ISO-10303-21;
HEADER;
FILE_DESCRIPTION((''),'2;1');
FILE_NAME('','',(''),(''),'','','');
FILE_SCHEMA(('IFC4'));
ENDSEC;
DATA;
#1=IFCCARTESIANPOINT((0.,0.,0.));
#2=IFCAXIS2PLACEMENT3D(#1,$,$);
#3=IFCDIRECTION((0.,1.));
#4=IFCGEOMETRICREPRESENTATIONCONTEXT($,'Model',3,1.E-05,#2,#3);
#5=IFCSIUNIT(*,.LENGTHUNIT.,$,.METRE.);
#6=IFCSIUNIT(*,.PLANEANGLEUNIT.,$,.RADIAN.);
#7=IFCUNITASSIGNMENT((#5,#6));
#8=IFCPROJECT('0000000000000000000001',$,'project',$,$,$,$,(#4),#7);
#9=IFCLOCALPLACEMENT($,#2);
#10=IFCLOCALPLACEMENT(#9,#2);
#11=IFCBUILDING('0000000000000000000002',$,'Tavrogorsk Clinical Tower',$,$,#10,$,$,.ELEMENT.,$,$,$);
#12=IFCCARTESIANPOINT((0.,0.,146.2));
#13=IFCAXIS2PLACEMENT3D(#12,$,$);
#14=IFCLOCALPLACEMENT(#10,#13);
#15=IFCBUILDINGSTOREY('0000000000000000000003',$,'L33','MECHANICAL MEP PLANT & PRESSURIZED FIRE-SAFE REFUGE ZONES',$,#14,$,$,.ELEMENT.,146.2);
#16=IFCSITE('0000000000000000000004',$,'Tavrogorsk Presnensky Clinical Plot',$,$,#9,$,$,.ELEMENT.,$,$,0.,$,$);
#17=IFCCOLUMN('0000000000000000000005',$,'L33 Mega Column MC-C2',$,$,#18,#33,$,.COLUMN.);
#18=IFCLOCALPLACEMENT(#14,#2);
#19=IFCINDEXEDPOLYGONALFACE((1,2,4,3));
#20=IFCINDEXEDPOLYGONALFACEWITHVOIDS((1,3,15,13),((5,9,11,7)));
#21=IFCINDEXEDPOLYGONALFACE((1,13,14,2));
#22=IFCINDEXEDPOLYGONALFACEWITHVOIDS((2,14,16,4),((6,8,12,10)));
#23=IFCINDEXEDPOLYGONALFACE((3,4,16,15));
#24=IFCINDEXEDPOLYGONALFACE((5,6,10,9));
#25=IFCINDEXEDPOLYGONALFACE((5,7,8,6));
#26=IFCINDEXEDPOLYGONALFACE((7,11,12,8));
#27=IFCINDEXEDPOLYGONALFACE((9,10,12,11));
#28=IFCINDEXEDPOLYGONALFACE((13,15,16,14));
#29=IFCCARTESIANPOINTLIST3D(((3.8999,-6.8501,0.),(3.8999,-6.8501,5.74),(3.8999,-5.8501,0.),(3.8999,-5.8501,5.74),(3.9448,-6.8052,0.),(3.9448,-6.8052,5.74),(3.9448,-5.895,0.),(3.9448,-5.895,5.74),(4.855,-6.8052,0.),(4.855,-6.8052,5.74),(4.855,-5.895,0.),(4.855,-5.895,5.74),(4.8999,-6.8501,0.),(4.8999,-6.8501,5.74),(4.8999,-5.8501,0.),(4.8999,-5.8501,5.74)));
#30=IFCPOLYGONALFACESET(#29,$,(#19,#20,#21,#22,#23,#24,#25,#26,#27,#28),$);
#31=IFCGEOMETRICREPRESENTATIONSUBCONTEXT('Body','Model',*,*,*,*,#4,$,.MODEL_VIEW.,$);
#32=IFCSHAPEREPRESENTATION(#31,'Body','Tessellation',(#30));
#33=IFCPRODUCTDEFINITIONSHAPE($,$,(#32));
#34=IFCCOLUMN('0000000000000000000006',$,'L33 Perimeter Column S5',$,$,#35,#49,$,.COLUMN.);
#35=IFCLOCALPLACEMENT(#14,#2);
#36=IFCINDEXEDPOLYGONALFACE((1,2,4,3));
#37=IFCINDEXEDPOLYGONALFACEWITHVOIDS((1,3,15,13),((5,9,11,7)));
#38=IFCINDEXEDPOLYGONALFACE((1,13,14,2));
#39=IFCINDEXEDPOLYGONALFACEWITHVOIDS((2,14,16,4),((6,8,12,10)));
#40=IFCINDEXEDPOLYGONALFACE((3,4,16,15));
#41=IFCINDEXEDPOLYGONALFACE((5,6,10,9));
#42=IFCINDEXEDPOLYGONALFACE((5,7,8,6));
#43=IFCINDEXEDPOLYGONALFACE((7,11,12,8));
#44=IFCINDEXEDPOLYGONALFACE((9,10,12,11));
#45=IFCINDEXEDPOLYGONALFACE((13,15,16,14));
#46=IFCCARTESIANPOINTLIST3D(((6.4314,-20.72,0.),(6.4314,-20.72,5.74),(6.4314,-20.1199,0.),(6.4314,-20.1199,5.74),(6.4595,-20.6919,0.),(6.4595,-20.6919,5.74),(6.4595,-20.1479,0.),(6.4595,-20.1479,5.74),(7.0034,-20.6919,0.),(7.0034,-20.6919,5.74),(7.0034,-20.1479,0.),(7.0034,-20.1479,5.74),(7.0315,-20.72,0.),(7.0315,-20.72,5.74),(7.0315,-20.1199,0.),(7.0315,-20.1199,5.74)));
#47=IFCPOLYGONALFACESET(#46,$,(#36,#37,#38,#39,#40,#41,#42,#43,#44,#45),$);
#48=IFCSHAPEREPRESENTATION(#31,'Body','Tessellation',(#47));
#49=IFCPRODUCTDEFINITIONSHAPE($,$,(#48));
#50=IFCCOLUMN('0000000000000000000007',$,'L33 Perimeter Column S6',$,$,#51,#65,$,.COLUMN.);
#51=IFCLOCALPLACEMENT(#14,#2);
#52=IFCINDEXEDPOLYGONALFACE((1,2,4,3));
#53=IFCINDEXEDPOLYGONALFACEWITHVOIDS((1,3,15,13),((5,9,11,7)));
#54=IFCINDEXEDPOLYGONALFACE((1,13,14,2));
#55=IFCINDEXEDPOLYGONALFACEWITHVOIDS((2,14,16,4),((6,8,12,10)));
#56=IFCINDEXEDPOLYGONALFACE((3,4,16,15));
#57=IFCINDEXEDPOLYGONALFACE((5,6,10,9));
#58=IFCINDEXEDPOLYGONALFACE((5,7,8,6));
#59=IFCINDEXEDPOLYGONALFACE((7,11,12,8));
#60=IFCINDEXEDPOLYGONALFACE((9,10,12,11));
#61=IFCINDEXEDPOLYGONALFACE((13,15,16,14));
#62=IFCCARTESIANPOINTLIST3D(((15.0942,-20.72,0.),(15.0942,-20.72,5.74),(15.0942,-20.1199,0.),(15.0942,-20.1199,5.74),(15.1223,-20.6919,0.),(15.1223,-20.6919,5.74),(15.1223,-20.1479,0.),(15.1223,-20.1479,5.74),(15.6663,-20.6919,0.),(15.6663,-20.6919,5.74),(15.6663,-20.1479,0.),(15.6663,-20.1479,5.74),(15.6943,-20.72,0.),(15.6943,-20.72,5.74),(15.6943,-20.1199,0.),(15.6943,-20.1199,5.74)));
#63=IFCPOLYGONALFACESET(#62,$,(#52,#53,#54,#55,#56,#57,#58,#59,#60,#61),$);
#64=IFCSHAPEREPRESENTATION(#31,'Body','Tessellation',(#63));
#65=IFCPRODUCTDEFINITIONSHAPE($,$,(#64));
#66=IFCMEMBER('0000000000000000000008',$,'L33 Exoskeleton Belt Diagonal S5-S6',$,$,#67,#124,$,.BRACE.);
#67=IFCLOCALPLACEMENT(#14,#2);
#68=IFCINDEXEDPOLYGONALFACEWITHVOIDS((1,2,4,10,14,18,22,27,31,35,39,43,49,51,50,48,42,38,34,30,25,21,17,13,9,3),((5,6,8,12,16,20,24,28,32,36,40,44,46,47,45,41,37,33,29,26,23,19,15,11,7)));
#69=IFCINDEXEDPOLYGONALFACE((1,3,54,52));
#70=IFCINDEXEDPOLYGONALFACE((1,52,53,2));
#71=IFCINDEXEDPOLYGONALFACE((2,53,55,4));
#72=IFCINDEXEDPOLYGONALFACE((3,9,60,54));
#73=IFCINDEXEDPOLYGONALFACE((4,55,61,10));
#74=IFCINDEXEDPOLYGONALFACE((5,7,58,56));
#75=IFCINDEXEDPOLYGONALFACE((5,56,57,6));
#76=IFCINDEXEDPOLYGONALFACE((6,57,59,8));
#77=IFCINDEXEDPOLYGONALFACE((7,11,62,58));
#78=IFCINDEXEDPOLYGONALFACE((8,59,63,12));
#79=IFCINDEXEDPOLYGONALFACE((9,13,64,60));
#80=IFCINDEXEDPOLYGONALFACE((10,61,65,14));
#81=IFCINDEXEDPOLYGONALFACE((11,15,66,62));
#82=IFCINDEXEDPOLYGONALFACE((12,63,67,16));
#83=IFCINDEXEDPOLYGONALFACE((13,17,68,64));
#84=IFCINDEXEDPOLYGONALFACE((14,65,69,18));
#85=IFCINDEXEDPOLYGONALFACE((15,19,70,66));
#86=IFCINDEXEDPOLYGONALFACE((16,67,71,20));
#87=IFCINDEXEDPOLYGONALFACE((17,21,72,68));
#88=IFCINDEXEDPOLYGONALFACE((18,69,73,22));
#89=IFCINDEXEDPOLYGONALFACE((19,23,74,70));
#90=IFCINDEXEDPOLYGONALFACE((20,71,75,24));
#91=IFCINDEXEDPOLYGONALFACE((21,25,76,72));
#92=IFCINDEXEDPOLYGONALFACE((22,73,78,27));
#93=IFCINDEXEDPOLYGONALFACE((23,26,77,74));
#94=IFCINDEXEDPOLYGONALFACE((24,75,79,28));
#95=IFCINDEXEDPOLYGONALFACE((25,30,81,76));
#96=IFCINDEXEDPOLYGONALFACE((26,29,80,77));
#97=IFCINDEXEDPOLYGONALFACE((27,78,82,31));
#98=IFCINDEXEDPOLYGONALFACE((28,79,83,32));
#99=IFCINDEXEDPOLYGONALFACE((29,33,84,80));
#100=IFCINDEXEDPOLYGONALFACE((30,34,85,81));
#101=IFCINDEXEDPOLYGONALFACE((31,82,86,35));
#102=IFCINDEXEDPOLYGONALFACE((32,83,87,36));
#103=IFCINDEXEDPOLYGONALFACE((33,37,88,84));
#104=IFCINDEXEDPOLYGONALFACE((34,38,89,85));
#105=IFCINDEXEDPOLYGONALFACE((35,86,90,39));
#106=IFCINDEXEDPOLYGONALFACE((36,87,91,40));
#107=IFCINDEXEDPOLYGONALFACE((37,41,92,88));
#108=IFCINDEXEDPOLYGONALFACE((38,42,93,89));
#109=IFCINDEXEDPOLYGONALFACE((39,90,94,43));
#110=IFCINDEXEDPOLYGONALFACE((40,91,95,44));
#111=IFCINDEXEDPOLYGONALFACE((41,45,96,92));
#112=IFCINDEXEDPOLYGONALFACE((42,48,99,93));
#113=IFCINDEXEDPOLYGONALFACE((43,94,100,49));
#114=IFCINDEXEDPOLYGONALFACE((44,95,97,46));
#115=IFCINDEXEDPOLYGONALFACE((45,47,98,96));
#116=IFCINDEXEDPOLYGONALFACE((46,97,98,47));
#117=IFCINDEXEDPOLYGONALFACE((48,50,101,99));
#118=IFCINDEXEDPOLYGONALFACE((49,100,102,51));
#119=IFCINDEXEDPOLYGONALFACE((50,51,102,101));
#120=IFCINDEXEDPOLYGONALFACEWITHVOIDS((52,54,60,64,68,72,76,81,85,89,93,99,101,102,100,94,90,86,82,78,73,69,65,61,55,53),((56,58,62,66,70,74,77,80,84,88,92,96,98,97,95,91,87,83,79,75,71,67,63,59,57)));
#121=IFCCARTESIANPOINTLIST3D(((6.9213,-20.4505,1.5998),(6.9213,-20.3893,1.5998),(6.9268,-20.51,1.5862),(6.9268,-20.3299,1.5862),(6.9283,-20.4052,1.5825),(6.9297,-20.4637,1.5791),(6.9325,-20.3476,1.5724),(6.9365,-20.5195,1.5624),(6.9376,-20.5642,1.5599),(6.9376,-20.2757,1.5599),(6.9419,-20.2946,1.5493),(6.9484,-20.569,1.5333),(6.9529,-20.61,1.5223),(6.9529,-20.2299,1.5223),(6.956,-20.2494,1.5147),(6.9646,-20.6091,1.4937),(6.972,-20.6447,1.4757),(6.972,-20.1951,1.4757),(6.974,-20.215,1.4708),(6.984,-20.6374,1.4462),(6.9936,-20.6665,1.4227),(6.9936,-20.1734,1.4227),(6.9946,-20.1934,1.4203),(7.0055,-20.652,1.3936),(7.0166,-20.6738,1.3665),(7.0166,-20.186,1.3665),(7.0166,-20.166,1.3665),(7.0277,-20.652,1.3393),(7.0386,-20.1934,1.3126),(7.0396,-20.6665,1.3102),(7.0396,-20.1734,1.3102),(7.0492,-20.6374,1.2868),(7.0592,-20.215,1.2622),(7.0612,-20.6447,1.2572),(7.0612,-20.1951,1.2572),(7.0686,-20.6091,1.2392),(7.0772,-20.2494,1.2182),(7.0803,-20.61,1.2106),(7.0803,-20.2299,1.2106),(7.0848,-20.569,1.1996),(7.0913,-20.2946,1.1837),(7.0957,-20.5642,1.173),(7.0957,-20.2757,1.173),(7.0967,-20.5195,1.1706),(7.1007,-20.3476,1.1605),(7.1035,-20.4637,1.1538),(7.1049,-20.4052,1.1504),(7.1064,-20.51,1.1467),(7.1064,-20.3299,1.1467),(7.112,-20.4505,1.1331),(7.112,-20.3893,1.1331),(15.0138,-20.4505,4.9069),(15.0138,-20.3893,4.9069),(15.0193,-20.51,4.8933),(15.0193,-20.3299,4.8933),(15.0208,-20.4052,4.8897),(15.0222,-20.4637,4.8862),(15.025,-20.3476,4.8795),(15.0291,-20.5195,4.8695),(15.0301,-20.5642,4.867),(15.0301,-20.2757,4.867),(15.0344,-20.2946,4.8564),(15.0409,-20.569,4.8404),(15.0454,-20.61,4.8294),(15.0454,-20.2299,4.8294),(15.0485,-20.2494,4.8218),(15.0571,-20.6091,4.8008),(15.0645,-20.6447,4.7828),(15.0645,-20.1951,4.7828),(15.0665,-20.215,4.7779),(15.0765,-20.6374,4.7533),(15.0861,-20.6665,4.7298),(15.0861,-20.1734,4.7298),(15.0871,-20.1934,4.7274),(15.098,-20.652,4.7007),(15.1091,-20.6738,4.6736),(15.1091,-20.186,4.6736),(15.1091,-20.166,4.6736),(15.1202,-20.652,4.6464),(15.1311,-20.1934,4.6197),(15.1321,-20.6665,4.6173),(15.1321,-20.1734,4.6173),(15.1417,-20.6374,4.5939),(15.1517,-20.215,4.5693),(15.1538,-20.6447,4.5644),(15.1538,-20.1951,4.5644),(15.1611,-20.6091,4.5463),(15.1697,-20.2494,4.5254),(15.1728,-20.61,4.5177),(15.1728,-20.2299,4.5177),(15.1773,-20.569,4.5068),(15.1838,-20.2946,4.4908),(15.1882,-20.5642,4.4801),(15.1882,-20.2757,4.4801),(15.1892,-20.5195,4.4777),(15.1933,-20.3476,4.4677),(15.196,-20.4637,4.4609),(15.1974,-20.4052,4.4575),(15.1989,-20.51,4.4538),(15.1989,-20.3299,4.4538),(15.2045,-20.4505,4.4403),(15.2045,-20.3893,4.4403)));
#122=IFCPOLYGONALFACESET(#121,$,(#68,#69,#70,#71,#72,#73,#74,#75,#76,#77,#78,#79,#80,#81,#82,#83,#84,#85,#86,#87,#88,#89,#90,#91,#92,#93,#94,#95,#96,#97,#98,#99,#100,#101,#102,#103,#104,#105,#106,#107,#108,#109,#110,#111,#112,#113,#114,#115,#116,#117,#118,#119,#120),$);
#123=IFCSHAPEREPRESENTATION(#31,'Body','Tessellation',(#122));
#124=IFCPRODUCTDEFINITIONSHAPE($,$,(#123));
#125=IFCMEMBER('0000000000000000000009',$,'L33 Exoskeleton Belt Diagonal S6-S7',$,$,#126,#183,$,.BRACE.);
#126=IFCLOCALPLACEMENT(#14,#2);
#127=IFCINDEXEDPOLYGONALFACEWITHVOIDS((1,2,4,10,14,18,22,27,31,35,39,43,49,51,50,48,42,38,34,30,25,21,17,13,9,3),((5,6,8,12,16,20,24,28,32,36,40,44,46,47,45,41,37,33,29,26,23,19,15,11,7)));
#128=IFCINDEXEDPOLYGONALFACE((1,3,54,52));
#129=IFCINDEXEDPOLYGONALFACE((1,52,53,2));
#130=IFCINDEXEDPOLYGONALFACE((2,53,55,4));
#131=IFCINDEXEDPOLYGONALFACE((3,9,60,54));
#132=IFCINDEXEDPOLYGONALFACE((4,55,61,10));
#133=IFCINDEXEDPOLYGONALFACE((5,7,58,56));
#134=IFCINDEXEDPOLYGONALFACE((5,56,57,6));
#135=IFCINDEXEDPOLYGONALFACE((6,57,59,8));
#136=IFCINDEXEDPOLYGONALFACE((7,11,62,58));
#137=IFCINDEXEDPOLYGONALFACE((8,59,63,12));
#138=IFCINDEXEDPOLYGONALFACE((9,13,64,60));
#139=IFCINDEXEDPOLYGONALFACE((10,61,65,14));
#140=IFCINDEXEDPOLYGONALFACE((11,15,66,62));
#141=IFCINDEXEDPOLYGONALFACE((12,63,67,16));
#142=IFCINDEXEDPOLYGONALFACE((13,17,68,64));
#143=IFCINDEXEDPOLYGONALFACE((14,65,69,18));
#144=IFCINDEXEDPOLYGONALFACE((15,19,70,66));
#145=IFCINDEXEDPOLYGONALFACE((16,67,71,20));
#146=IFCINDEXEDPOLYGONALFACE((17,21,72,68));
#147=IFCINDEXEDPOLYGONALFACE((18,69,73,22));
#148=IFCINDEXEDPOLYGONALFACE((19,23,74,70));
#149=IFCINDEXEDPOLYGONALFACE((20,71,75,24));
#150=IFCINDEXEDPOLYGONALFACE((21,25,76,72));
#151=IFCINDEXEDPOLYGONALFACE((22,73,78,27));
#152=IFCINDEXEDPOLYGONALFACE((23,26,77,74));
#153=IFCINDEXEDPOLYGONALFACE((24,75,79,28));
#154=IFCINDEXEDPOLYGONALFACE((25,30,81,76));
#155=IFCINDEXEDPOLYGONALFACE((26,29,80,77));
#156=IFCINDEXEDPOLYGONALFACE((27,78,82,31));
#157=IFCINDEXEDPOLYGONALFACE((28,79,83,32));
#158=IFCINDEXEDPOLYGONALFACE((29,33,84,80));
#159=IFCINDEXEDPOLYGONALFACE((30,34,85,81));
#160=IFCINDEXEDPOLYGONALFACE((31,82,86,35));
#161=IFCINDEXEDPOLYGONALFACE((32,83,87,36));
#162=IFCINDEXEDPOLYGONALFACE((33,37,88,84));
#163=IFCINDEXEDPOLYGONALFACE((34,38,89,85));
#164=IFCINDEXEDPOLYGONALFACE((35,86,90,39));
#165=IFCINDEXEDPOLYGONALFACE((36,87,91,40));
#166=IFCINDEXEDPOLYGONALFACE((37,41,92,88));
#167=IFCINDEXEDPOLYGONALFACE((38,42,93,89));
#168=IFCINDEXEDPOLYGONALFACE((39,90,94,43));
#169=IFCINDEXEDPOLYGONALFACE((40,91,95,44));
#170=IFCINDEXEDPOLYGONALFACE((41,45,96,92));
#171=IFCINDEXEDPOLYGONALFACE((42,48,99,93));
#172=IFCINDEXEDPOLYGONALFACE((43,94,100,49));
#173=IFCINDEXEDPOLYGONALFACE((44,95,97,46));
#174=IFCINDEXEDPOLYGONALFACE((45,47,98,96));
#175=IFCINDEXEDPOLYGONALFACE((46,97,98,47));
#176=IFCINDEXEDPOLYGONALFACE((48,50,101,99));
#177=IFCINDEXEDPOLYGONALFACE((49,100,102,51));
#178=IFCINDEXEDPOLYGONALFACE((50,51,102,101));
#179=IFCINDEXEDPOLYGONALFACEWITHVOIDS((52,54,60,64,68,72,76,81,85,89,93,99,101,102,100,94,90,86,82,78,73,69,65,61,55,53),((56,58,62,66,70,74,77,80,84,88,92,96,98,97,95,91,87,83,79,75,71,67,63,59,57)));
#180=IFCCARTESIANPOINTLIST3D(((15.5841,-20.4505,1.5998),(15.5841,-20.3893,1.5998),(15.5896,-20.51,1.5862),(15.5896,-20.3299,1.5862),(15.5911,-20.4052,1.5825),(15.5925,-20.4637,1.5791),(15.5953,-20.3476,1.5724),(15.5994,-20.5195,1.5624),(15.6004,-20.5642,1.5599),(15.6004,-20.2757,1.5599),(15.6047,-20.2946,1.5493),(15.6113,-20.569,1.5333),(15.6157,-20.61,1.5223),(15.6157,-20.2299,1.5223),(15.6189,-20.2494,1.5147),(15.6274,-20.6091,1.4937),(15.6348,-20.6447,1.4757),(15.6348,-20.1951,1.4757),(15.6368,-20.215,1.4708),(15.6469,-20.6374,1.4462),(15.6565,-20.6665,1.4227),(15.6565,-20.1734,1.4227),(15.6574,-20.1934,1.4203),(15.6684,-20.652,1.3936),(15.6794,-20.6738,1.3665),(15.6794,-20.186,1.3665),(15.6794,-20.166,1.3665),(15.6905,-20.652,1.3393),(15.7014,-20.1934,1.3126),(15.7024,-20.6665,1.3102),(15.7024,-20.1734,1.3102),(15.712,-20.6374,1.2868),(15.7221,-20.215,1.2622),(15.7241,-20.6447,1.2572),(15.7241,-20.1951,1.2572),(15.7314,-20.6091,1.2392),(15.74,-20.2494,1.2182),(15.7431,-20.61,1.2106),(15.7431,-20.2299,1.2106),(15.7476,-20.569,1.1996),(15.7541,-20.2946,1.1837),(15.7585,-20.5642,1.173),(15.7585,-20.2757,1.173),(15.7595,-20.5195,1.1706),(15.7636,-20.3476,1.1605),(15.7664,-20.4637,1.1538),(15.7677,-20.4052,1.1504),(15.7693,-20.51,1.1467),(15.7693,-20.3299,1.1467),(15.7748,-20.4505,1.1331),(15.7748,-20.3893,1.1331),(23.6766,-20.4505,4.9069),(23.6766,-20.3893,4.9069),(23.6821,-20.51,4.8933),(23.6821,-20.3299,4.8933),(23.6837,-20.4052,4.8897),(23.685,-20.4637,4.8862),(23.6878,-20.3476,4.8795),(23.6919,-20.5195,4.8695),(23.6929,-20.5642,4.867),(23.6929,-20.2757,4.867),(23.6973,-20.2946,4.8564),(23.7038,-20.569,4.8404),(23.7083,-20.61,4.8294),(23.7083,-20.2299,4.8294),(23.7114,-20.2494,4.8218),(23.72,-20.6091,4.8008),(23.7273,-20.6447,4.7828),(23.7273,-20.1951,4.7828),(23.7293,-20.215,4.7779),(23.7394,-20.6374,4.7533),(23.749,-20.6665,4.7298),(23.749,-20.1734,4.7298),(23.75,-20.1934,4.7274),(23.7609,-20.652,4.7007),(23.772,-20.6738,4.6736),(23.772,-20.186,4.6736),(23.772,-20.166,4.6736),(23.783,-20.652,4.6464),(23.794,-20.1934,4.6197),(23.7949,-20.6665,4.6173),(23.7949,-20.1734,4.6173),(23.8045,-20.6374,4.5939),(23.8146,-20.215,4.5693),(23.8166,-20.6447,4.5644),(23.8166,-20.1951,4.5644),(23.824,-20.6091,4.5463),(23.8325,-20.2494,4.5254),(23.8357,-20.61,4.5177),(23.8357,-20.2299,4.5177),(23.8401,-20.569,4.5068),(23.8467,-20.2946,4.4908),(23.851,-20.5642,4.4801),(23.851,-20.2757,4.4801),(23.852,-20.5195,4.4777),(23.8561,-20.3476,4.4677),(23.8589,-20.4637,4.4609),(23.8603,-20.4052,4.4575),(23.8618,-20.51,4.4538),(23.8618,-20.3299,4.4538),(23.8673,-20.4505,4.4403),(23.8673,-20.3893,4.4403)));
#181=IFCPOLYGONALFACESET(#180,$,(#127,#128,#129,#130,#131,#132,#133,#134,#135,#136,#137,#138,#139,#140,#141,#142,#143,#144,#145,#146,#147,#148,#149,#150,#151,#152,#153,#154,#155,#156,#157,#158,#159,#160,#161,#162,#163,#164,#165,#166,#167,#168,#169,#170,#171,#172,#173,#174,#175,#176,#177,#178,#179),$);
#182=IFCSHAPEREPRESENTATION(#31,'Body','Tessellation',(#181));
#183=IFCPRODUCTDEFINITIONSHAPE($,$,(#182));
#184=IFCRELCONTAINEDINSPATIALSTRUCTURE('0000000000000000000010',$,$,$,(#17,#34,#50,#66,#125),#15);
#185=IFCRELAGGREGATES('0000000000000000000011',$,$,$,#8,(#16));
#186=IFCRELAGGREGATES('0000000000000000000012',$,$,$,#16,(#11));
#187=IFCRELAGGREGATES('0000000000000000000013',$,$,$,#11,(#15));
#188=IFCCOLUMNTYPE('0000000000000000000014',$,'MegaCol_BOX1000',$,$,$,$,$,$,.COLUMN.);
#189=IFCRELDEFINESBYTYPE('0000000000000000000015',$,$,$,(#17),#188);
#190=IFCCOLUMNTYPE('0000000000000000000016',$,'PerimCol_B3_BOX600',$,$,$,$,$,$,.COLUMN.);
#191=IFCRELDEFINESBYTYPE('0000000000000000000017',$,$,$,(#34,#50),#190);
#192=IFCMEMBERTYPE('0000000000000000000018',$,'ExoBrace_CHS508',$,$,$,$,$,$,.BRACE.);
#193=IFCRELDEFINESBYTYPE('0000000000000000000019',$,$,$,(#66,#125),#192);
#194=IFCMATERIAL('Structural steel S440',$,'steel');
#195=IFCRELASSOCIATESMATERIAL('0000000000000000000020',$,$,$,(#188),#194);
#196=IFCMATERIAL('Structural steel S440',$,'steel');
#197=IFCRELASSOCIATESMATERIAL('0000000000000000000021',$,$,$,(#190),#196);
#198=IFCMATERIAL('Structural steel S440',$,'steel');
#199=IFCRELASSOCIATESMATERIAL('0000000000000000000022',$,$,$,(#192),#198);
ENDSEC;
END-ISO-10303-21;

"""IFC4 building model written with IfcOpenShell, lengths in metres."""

from ifc_helpers import new_model, si_unit, direction, frame, origin, origin_2d, place, context, subcontext, project, spatial, hollow_rectangle, hollow_circle, extrude, material, material_profile, profile_set, type_object, element, save


model = new_model("IFC4")

# Units and contexts
model_context = context("Model", 3, precision=1e-05, world=origin(), true_north=direction((0.0, 1.0)))
body_context = subcontext(model_context, "Body", "Model", "MODEL_VIEW")
ifc_project = project(units=[si_unit("LENGTHUNIT", "METRE"), si_unit("PLANEANGLEUNIT", "RADIAN")], contexts=[model_context])

# Site, building, storey
site_placement = place(None, origin())
site = spatial("IfcSite", under=ifc_project, at=site_placement, Name="Tavrogorsk Presnensky Clinical Plot", CompositionType="ELEMENT", RefElevation=0.0)
building_placement = place(site_placement, origin())
building = spatial("IfcBuilding", under=site, at=building_placement, Name="Tavrogorsk Clinical Tower", CompositionType="ELEMENT")
storey_placement = place(building_placement, frame((0.0, 0.0, 146.2)))
storey = spatial("IfcBuildingStorey", under=building, at=storey_placement, Name="L33", Description="MECHANICAL MEP PLANT & PRESSURIZED FIRE-SAFE REFUGE ZONES", CompositionType="ELEMENT", Elevation=146.2)

# Columns
ifc_material_1 = material(Name="Structural steel S440", Category="steel")
ifc_material_profile_1 = material_profile(ifc_material_1, hollow_rectangle(XDim=1.0, YDim=1.0, WallThickness=0.0449, at=origin_2d()), Name="BOX-1000x1000x45")
ifc_profile_set_1 = profile_set([ifc_material_profile_1], Name="Structural steel S440")
column_type_1 = type_object("IfcColumnType", Name="MegaCol_BOX1000", PredefinedType="COLUMN", material=ifc_profile_set_1)
column_placement = place(storey_placement, frame((4.3999, -6.3501, 0.0), z_axis=(0.0, 0.0, 1.0), x_axis=(1.0, 0.0, 0.0)))
element("IfcColumn", 1, at=column_placement, inside=storey, type_object=column_type_1, Name="L33 Mega Column MC-C2", PredefinedType="COLUMN", context=body_context, shape_type="SweptSolid", body=[
    extrude(hollow_rectangle(XDim=1.0, YDim=1.0, WallThickness=0.0449, at=origin_2d()), origin(), (0.0, 0.0, 1.0), 5.74),
])
ifc_material_2 = material(Name="Structural steel S440", Category="steel")
ifc_material_profile_2 = material_profile(ifc_material_2, hollow_rectangle(XDim=0.6001, YDim=0.6001, WallThickness=0.0281, at=origin_2d()), Name="BOX-600x600x28")
ifc_profile_set_2 = profile_set([ifc_material_profile_2], Name="Structural steel S440")
column_type_2 = type_object("IfcColumnType", Name="PerimCol_B3_BOX600", PredefinedType="COLUMN", material=ifc_profile_set_2)
for number, where, z_axis, x_axis, name in (
    (2, (6.7314, -20.4199, 0.0), (0.0, 0.0, 1.0), (1.0, 0.0, 0.0), "L33 Perimeter Column S5"),
    (3, (15.3943, -20.4199, 0.0), (0.0, 0.0, 1.0), (1.0, 0.0, 0.0), "L33 Perimeter Column S6"),
):
    element("IfcColumn", number, at=place(storey_placement, frame(where, z_axis=z_axis, x_axis=x_axis)), inside=storey, type_object=column_type_2, Name=name, PredefinedType="COLUMN", context=body_context, shape_type="SweptSolid", body=[
        extrude(hollow_rectangle(XDim=0.6001, YDim=0.6001, WallThickness=0.0281, at=origin_2d()), origin(), (0.0, 0.0, 1.0), 5.74),
    ])

# Members
ifc_material_3 = material(Name="Structural steel S440", Category="steel")
ifc_material_profile_3 = material_profile(ifc_material_3, hollow_circle(Radius=0.2539, WallThickness=0.02, at=origin_2d()), Name="CHS-508x20")
ifc_profile_set_3 = profile_set([ifc_material_profile_3], Name="Structural steel S440")
member_type_1 = type_object("IfcMemberType", Name="ExoBrace_CHS508", PredefinedType="BRACE", material=ifc_profile_set_3)
for number, where, z_axis, x_axis, name in (
    (4, (7.0166, -20.4199, 1.3665), (0.925685, 0.0, 0.378295), (0.0, 1.0, 0.0), "L33 Exoskeleton Belt Diagonal S5-S6"),
    (5, (15.6794, -20.4199, 1.3665), (0.925685, 0.0, 0.378295), (0.0, 1.0, 0.0), "L33 Exoskeleton Belt Diagonal S6-S7"),
):
    element("IfcMember", number, at=place(storey_placement, frame(where, z_axis=z_axis, x_axis=x_axis)), inside=storey, type_object=member_type_1, Name=name, PredefinedType="BRACE", context=body_context, shape_type="SweptSolid", body=[
        extrude(hollow_circle(Radius=0.2539, WallThickness=0.02, at=origin_2d()), origin(), (0.0, 0.0, 1.0), 8.7422),
    ])

save(model, "model.ifc")
